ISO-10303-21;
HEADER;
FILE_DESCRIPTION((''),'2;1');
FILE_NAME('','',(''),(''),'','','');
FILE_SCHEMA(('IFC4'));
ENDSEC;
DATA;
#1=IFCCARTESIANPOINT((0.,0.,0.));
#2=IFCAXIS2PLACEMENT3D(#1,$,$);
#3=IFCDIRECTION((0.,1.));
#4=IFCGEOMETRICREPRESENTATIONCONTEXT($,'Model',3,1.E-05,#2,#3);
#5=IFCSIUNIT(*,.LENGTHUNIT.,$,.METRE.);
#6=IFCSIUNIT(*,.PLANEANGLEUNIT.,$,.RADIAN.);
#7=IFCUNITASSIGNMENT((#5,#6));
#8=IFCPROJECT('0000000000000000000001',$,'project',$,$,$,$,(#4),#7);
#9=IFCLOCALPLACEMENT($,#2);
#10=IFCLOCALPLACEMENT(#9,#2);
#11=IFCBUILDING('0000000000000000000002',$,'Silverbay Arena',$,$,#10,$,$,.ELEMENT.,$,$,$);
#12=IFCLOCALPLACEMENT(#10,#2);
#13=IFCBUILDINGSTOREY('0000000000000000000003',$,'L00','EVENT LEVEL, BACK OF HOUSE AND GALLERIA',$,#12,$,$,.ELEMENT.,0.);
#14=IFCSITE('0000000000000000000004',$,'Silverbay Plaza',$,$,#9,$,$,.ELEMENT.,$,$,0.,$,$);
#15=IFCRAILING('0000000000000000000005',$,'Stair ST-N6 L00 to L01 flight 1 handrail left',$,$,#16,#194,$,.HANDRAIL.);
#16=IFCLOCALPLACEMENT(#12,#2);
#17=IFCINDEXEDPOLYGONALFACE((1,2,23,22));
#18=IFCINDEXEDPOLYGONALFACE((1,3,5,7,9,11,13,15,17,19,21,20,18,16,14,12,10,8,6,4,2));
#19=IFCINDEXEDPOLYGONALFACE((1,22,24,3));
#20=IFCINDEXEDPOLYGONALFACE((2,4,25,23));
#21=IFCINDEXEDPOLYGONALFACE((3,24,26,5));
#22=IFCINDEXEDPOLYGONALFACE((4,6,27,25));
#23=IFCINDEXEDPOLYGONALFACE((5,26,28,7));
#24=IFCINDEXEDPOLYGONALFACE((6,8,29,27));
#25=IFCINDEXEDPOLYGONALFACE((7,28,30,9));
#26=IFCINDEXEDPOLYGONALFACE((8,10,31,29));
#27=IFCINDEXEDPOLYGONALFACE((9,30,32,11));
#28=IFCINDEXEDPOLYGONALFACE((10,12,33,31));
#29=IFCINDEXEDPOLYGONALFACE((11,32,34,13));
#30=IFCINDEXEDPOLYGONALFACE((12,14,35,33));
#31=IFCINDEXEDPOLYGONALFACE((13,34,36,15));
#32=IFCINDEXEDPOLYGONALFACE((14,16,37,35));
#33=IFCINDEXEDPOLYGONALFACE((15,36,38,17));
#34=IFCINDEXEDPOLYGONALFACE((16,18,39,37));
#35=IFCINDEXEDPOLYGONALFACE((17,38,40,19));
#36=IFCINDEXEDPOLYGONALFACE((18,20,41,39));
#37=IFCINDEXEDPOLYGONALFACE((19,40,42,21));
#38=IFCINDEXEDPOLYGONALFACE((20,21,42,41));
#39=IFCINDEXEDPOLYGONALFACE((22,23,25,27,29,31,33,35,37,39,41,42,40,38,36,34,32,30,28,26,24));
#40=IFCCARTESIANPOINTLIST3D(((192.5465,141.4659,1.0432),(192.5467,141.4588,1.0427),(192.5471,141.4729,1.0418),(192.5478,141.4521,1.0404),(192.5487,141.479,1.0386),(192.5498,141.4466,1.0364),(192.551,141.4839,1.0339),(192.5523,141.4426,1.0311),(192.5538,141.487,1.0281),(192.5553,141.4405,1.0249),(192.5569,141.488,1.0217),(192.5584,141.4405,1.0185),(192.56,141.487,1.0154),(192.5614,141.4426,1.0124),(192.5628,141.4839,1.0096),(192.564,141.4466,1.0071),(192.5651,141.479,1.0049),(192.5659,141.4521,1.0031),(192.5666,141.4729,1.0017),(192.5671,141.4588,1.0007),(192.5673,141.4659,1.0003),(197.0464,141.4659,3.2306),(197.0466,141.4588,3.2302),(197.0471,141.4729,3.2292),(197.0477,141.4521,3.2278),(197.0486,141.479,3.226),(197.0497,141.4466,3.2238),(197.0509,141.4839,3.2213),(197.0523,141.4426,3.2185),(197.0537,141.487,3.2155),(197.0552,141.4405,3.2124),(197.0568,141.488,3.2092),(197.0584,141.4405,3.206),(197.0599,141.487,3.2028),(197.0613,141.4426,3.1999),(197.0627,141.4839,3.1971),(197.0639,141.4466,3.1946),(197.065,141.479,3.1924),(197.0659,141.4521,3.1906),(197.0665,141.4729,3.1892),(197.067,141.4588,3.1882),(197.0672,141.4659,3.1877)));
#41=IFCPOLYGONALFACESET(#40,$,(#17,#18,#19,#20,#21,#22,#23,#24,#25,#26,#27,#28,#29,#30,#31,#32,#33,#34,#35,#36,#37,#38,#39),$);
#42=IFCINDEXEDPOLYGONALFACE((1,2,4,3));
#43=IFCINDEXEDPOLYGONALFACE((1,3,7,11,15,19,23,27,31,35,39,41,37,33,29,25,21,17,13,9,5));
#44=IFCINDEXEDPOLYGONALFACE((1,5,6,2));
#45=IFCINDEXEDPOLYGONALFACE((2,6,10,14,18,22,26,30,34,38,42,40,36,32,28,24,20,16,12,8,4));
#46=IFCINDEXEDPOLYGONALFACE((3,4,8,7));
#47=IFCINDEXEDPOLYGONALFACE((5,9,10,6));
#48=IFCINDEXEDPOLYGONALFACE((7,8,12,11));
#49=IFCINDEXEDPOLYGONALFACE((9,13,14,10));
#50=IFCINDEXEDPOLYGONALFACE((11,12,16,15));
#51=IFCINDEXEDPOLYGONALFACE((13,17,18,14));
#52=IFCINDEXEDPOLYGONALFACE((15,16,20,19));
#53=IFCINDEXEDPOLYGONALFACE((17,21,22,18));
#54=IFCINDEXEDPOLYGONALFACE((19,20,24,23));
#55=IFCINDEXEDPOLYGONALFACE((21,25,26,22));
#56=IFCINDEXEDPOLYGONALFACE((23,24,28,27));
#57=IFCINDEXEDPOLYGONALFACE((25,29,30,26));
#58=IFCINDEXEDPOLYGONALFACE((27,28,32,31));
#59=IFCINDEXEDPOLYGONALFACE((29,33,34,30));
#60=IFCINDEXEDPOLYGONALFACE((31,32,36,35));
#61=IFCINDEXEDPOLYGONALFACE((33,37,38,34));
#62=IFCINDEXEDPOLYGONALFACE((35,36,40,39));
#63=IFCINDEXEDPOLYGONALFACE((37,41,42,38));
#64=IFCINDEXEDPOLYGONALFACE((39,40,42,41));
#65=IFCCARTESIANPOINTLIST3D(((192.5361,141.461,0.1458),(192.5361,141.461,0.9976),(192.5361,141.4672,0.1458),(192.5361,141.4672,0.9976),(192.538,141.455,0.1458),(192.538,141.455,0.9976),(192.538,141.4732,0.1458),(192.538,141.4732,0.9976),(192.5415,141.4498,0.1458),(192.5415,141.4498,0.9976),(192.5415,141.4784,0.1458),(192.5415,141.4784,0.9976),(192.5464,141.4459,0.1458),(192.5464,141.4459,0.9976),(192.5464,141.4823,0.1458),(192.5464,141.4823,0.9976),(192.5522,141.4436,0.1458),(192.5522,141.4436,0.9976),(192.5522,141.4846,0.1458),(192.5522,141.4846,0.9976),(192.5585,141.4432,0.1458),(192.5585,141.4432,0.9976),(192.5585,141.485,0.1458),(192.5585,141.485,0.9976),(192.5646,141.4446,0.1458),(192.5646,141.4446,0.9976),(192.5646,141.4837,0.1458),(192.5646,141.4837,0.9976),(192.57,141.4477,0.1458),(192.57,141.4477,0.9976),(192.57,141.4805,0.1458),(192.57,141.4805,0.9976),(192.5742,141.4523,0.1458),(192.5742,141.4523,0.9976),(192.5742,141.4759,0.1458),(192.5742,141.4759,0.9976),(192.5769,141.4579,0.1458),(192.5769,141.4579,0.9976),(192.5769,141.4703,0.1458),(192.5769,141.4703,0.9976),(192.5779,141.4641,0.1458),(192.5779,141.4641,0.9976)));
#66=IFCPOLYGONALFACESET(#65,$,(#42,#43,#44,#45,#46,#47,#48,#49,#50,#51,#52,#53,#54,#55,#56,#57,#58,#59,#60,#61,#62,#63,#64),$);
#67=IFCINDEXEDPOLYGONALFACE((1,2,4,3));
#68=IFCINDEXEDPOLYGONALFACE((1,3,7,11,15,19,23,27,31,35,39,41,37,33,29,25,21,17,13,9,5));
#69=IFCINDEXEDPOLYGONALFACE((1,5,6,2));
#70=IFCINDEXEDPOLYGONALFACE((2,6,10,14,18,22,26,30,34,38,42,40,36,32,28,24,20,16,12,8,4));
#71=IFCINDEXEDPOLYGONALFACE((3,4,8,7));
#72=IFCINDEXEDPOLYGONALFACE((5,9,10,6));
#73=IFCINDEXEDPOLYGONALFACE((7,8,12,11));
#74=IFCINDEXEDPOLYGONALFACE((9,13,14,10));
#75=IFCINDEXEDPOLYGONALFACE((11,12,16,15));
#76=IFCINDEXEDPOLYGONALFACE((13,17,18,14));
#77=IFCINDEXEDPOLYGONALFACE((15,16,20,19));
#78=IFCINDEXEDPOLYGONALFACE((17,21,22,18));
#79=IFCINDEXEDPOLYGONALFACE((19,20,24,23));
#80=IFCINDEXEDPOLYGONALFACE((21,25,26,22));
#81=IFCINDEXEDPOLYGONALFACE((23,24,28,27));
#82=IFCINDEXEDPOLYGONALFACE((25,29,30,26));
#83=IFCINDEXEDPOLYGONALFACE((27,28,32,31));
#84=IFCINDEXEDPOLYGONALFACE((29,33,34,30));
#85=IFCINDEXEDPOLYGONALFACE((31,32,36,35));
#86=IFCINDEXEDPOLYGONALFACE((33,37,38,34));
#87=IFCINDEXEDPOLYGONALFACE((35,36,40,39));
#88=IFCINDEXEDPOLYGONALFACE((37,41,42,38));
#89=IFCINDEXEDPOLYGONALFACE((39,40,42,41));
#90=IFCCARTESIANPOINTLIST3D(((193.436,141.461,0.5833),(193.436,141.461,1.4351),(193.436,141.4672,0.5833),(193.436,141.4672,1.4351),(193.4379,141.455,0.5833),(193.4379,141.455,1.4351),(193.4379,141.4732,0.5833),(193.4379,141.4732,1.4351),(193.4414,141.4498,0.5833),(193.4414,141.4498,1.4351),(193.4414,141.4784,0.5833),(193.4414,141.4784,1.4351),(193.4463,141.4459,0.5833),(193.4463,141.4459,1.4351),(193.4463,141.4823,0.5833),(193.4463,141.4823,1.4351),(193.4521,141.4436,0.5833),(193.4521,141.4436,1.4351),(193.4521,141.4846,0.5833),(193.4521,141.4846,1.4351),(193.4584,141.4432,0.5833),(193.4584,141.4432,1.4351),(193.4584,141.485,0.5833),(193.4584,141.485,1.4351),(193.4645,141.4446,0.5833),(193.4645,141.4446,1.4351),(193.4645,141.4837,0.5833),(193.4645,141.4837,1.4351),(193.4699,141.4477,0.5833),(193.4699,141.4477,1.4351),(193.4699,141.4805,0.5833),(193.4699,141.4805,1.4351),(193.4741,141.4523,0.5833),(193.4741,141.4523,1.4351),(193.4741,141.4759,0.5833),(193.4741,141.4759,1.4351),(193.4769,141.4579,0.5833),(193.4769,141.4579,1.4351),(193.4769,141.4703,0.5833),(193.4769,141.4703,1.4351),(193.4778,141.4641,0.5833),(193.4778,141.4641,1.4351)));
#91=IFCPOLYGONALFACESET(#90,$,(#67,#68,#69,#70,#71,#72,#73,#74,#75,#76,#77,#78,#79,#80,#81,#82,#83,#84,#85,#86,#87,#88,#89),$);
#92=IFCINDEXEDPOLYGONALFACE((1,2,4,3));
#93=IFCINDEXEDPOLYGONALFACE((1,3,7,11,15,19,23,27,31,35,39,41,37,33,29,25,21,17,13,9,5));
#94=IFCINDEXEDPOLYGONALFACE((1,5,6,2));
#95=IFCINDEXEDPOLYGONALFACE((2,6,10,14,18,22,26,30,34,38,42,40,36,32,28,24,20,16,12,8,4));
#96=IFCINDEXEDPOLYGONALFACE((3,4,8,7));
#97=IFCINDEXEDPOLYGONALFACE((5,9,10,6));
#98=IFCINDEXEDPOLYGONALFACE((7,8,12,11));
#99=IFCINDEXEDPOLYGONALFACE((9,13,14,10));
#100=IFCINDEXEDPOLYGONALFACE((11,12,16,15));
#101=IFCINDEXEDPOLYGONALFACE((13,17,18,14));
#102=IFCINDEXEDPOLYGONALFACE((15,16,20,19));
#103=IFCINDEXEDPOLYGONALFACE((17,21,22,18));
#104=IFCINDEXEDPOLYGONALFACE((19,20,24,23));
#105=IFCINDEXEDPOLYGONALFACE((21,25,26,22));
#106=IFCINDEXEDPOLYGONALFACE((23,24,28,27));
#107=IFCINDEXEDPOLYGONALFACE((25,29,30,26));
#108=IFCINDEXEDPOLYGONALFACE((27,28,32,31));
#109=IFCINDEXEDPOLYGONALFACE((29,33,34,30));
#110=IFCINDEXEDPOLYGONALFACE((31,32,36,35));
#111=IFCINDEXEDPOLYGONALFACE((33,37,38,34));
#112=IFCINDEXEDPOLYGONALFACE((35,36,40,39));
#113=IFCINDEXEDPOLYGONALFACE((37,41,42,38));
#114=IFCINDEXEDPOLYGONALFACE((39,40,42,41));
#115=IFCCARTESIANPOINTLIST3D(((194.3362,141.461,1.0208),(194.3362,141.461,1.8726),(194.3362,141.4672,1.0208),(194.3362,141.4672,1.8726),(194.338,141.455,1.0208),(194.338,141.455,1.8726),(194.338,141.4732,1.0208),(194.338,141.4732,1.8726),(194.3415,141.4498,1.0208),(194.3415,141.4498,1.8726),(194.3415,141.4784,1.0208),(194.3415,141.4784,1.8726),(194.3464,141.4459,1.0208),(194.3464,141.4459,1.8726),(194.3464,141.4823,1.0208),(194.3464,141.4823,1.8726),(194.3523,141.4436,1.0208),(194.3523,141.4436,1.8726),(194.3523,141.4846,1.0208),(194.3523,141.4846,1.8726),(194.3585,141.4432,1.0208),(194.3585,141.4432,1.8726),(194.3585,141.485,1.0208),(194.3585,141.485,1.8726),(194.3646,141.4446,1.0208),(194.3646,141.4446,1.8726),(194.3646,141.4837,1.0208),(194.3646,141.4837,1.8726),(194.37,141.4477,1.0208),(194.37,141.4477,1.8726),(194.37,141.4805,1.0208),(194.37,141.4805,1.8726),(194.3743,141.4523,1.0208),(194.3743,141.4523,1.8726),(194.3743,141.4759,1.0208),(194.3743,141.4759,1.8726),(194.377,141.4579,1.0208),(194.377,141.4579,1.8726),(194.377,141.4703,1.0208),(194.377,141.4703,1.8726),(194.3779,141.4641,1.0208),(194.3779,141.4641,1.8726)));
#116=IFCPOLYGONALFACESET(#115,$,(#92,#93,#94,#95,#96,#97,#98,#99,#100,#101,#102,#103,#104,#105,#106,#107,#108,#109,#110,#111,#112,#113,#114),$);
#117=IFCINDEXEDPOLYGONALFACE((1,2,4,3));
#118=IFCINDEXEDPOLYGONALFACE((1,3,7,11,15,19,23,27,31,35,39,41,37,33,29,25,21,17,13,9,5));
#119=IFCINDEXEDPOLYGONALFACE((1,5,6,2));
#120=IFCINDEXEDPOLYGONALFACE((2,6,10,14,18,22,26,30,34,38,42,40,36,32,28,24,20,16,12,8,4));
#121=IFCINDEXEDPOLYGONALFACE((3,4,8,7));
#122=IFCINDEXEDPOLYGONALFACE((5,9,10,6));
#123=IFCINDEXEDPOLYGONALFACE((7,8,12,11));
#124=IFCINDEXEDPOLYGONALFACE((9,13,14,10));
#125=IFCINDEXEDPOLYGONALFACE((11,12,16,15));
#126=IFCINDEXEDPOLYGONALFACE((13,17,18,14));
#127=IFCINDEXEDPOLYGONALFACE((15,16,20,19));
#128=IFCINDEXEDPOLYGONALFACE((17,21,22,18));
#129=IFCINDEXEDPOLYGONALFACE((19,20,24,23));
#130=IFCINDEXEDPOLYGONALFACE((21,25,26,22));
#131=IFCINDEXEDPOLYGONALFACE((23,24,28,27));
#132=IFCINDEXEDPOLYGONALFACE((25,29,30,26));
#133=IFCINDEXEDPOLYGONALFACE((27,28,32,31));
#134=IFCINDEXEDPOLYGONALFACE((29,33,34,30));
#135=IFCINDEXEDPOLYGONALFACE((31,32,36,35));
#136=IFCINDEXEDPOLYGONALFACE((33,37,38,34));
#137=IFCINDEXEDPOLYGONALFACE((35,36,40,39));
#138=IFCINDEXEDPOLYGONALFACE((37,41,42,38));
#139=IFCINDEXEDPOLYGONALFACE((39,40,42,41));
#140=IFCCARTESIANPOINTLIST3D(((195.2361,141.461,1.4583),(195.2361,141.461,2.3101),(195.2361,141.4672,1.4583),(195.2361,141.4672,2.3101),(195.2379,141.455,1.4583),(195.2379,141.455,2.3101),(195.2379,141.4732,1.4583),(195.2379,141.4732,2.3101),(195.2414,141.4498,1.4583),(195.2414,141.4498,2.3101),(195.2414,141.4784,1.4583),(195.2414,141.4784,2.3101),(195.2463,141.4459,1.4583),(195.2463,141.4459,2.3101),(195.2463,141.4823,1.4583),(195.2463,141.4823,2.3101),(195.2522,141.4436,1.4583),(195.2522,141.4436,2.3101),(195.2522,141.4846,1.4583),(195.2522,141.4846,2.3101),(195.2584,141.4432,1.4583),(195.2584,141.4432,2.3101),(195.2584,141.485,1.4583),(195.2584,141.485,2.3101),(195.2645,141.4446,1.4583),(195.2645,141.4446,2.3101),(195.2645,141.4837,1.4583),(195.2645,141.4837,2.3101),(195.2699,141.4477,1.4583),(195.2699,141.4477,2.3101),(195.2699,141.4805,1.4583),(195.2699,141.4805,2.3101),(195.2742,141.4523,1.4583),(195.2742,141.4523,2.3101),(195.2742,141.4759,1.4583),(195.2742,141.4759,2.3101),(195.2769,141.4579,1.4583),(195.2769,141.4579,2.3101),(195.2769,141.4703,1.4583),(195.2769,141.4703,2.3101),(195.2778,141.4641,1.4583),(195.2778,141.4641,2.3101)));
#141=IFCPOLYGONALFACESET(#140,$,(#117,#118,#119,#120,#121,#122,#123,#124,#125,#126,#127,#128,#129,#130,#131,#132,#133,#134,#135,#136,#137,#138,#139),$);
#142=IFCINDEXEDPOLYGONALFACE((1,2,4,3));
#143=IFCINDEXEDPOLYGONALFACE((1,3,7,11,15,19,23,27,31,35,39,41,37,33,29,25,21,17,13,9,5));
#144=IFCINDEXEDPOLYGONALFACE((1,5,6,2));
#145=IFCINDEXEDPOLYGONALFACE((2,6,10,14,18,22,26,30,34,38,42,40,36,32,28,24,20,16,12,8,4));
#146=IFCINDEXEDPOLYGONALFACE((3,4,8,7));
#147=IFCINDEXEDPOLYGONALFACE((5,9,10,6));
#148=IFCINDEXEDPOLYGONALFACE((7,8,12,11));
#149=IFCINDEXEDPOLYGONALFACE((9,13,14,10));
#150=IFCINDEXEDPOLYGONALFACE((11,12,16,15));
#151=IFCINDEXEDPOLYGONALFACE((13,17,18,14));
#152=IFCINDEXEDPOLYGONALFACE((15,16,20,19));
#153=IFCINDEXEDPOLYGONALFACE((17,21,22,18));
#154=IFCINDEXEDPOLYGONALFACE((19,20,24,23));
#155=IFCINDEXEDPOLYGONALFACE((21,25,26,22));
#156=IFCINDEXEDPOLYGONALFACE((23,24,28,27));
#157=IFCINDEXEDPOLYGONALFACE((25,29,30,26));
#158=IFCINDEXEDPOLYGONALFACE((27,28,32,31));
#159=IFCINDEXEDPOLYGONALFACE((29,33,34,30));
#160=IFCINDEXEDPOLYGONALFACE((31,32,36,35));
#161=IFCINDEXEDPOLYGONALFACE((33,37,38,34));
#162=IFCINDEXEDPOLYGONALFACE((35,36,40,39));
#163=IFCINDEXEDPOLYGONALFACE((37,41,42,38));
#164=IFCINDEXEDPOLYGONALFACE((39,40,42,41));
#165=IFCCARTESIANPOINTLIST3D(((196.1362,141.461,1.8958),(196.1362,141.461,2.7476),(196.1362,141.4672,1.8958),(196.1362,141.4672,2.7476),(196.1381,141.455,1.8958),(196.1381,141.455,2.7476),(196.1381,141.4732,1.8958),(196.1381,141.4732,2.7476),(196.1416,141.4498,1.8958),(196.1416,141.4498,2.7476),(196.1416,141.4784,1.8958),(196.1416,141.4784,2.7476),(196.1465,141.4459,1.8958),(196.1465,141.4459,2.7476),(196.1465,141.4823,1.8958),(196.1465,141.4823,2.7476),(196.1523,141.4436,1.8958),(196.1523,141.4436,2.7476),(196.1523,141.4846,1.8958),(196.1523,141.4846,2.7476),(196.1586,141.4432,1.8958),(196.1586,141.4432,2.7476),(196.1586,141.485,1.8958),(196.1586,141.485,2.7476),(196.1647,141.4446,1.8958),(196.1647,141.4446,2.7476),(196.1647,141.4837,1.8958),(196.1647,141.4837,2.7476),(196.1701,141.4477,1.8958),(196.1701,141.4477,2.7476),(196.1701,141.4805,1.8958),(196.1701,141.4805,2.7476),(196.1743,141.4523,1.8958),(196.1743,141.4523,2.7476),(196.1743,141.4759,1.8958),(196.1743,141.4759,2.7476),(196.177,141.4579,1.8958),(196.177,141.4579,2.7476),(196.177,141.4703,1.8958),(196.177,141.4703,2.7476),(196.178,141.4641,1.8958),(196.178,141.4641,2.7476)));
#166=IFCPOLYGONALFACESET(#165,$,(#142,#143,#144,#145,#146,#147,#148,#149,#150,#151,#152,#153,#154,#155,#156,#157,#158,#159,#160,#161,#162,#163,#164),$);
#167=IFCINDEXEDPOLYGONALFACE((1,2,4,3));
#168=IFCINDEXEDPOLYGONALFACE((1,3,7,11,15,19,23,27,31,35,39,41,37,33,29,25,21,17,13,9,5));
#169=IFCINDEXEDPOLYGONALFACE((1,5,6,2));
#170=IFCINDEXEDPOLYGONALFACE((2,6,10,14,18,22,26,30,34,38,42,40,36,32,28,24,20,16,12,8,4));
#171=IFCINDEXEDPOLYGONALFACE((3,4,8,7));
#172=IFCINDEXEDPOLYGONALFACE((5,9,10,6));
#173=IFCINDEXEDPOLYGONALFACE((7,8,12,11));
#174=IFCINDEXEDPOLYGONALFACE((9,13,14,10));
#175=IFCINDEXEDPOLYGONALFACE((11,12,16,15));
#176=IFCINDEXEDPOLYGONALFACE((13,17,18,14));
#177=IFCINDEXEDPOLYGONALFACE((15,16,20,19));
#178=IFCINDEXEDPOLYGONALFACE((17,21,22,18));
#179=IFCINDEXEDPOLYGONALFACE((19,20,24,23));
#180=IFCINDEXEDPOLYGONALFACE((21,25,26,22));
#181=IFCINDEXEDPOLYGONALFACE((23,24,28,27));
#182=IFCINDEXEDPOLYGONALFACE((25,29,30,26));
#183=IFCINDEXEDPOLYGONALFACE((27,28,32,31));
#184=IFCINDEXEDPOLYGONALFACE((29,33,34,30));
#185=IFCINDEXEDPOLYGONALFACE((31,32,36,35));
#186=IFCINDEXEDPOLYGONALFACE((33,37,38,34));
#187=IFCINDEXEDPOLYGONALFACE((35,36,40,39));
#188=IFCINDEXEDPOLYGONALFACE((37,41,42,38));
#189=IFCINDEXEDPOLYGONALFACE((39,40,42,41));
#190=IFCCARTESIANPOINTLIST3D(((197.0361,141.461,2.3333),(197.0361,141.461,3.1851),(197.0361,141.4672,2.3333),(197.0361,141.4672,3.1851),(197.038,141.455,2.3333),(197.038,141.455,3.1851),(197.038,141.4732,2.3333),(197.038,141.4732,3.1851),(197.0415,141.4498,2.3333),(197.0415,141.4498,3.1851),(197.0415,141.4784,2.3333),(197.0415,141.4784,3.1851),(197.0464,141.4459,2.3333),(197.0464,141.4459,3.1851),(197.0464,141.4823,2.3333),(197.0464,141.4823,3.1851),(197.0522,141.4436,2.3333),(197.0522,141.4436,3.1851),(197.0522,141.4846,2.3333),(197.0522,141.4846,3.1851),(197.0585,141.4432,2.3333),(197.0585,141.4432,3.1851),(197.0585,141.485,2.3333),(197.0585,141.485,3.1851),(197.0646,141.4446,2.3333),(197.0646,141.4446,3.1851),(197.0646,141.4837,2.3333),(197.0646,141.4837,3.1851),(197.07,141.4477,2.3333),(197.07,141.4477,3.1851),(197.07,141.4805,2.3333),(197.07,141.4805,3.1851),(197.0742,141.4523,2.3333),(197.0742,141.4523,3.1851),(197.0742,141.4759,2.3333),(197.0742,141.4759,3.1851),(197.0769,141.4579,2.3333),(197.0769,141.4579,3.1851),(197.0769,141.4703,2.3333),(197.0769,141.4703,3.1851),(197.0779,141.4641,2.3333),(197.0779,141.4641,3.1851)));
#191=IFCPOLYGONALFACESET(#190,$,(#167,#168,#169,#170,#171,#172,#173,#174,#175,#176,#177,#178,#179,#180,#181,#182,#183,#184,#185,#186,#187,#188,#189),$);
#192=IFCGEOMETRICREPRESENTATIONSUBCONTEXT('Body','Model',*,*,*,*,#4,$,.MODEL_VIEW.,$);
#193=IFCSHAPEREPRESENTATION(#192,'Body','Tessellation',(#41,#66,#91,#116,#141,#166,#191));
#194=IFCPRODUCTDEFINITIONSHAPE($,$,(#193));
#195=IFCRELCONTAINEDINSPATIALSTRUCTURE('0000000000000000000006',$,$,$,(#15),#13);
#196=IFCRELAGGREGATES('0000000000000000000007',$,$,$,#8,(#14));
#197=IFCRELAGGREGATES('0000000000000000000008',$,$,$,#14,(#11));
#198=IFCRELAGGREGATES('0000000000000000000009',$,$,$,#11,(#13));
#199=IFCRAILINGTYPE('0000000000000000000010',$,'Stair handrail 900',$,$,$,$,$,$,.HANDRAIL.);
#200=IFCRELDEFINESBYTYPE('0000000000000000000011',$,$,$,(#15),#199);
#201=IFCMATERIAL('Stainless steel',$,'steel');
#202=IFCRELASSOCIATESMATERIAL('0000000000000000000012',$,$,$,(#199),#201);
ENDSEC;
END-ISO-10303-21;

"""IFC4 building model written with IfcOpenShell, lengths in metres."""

from ifc_helpers import new_model, si_unit, direction, frame, origin, origin_2d, place, context, subcontext, project, spatial, circle, extrude, material, type_object, element, save


model = new_model("IFC4")

# Units and contexts
model_context = context("Model", 3, precision=1e-05, world=origin(), true_north=direction((0.0, 1.0)))
body_context = subcontext(model_context, "Body", "Model", "MODEL_VIEW")
ifc_project = project(units=[si_unit("LENGTHUNIT", "METRE"), si_unit("PLANEANGLEUNIT", "RADIAN")], contexts=[model_context])

# Site, building, storey
site_placement = place(None, origin())
site = spatial("IfcSite", under=ifc_project, at=site_placement, Name="Silverbay Plaza", CompositionType="ELEMENT", RefElevation=0.0)
building_placement = place(site_placement, origin())
building = spatial("IfcBuilding", under=site, at=building_placement, Name="Silverbay Arena", CompositionType="ELEMENT")
storey_placement = place(building_placement, origin())
storey = spatial("IfcBuildingStorey", under=building, at=storey_placement, Name="L00", Description="EVENT LEVEL, BACK OF HOUSE AND GALLERIA", CompositionType="ELEMENT", Elevation=0.0)

# Railing
ifc_material_1 = material(Name="Stainless steel", Category="steel")
railing_type_1 = type_object("IfcRailingType", Name="Stair handrail 900", PredefinedType="HANDRAIL", material=ifc_material_1)
for number, where, name in (
    (1, (192.5569, 141.4641, 0.1458), "Stair ST-N6 L00 to L01 flight 1 handrail left"),
):
    element("IfcRailing", number, at=place(storey_placement, frame(where)), inside=storey, type_object=railing_type_1, Name=name, PredefinedType="HANDRAIL", context=body_context, shape_type="SweptSolid", body=[
        extrude(circle(Radius=0.0239, at=origin_2d()), frame((0.0, 0.0, 0.876), z_axis=(0.899368, 0.0, 0.437193), x_axis=(0.0, 1.0, 0.0)), (0.0, 0.0, 1.0), 5.0034),
        extrude(circle(Radius=0.021, at=origin_2d()), origin(), (0.0, 0.0, 1.0), 0.8518),
        extrude(circle(Radius=0.021, at=origin_2d()), frame((0.8999, 0.0, 0.4375)), (0.0, 0.0, 1.0), 0.8518),
        extrude(circle(Radius=0.021, at=origin_2d()), frame((1.8, 0.0, 0.875)), (0.0, 0.0, 1.0), 0.8518),
        extrude(circle(Radius=0.021, at=origin_2d()), frame((2.7, 0.0, 1.3125)), (0.0, 0.0, 1.0), 0.8518),
        extrude(circle(Radius=0.021, at=origin_2d()), frame((3.6001, 0.0, 1.75)), (0.0, 0.0, 1.0), 0.8518),
        extrude(circle(Radius=0.021, at=origin_2d()), frame((4.5, 0.0, 2.1875)), (0.0, 0.0, 1.0), 0.8518),
    ])

save(model, "model.ifc")
